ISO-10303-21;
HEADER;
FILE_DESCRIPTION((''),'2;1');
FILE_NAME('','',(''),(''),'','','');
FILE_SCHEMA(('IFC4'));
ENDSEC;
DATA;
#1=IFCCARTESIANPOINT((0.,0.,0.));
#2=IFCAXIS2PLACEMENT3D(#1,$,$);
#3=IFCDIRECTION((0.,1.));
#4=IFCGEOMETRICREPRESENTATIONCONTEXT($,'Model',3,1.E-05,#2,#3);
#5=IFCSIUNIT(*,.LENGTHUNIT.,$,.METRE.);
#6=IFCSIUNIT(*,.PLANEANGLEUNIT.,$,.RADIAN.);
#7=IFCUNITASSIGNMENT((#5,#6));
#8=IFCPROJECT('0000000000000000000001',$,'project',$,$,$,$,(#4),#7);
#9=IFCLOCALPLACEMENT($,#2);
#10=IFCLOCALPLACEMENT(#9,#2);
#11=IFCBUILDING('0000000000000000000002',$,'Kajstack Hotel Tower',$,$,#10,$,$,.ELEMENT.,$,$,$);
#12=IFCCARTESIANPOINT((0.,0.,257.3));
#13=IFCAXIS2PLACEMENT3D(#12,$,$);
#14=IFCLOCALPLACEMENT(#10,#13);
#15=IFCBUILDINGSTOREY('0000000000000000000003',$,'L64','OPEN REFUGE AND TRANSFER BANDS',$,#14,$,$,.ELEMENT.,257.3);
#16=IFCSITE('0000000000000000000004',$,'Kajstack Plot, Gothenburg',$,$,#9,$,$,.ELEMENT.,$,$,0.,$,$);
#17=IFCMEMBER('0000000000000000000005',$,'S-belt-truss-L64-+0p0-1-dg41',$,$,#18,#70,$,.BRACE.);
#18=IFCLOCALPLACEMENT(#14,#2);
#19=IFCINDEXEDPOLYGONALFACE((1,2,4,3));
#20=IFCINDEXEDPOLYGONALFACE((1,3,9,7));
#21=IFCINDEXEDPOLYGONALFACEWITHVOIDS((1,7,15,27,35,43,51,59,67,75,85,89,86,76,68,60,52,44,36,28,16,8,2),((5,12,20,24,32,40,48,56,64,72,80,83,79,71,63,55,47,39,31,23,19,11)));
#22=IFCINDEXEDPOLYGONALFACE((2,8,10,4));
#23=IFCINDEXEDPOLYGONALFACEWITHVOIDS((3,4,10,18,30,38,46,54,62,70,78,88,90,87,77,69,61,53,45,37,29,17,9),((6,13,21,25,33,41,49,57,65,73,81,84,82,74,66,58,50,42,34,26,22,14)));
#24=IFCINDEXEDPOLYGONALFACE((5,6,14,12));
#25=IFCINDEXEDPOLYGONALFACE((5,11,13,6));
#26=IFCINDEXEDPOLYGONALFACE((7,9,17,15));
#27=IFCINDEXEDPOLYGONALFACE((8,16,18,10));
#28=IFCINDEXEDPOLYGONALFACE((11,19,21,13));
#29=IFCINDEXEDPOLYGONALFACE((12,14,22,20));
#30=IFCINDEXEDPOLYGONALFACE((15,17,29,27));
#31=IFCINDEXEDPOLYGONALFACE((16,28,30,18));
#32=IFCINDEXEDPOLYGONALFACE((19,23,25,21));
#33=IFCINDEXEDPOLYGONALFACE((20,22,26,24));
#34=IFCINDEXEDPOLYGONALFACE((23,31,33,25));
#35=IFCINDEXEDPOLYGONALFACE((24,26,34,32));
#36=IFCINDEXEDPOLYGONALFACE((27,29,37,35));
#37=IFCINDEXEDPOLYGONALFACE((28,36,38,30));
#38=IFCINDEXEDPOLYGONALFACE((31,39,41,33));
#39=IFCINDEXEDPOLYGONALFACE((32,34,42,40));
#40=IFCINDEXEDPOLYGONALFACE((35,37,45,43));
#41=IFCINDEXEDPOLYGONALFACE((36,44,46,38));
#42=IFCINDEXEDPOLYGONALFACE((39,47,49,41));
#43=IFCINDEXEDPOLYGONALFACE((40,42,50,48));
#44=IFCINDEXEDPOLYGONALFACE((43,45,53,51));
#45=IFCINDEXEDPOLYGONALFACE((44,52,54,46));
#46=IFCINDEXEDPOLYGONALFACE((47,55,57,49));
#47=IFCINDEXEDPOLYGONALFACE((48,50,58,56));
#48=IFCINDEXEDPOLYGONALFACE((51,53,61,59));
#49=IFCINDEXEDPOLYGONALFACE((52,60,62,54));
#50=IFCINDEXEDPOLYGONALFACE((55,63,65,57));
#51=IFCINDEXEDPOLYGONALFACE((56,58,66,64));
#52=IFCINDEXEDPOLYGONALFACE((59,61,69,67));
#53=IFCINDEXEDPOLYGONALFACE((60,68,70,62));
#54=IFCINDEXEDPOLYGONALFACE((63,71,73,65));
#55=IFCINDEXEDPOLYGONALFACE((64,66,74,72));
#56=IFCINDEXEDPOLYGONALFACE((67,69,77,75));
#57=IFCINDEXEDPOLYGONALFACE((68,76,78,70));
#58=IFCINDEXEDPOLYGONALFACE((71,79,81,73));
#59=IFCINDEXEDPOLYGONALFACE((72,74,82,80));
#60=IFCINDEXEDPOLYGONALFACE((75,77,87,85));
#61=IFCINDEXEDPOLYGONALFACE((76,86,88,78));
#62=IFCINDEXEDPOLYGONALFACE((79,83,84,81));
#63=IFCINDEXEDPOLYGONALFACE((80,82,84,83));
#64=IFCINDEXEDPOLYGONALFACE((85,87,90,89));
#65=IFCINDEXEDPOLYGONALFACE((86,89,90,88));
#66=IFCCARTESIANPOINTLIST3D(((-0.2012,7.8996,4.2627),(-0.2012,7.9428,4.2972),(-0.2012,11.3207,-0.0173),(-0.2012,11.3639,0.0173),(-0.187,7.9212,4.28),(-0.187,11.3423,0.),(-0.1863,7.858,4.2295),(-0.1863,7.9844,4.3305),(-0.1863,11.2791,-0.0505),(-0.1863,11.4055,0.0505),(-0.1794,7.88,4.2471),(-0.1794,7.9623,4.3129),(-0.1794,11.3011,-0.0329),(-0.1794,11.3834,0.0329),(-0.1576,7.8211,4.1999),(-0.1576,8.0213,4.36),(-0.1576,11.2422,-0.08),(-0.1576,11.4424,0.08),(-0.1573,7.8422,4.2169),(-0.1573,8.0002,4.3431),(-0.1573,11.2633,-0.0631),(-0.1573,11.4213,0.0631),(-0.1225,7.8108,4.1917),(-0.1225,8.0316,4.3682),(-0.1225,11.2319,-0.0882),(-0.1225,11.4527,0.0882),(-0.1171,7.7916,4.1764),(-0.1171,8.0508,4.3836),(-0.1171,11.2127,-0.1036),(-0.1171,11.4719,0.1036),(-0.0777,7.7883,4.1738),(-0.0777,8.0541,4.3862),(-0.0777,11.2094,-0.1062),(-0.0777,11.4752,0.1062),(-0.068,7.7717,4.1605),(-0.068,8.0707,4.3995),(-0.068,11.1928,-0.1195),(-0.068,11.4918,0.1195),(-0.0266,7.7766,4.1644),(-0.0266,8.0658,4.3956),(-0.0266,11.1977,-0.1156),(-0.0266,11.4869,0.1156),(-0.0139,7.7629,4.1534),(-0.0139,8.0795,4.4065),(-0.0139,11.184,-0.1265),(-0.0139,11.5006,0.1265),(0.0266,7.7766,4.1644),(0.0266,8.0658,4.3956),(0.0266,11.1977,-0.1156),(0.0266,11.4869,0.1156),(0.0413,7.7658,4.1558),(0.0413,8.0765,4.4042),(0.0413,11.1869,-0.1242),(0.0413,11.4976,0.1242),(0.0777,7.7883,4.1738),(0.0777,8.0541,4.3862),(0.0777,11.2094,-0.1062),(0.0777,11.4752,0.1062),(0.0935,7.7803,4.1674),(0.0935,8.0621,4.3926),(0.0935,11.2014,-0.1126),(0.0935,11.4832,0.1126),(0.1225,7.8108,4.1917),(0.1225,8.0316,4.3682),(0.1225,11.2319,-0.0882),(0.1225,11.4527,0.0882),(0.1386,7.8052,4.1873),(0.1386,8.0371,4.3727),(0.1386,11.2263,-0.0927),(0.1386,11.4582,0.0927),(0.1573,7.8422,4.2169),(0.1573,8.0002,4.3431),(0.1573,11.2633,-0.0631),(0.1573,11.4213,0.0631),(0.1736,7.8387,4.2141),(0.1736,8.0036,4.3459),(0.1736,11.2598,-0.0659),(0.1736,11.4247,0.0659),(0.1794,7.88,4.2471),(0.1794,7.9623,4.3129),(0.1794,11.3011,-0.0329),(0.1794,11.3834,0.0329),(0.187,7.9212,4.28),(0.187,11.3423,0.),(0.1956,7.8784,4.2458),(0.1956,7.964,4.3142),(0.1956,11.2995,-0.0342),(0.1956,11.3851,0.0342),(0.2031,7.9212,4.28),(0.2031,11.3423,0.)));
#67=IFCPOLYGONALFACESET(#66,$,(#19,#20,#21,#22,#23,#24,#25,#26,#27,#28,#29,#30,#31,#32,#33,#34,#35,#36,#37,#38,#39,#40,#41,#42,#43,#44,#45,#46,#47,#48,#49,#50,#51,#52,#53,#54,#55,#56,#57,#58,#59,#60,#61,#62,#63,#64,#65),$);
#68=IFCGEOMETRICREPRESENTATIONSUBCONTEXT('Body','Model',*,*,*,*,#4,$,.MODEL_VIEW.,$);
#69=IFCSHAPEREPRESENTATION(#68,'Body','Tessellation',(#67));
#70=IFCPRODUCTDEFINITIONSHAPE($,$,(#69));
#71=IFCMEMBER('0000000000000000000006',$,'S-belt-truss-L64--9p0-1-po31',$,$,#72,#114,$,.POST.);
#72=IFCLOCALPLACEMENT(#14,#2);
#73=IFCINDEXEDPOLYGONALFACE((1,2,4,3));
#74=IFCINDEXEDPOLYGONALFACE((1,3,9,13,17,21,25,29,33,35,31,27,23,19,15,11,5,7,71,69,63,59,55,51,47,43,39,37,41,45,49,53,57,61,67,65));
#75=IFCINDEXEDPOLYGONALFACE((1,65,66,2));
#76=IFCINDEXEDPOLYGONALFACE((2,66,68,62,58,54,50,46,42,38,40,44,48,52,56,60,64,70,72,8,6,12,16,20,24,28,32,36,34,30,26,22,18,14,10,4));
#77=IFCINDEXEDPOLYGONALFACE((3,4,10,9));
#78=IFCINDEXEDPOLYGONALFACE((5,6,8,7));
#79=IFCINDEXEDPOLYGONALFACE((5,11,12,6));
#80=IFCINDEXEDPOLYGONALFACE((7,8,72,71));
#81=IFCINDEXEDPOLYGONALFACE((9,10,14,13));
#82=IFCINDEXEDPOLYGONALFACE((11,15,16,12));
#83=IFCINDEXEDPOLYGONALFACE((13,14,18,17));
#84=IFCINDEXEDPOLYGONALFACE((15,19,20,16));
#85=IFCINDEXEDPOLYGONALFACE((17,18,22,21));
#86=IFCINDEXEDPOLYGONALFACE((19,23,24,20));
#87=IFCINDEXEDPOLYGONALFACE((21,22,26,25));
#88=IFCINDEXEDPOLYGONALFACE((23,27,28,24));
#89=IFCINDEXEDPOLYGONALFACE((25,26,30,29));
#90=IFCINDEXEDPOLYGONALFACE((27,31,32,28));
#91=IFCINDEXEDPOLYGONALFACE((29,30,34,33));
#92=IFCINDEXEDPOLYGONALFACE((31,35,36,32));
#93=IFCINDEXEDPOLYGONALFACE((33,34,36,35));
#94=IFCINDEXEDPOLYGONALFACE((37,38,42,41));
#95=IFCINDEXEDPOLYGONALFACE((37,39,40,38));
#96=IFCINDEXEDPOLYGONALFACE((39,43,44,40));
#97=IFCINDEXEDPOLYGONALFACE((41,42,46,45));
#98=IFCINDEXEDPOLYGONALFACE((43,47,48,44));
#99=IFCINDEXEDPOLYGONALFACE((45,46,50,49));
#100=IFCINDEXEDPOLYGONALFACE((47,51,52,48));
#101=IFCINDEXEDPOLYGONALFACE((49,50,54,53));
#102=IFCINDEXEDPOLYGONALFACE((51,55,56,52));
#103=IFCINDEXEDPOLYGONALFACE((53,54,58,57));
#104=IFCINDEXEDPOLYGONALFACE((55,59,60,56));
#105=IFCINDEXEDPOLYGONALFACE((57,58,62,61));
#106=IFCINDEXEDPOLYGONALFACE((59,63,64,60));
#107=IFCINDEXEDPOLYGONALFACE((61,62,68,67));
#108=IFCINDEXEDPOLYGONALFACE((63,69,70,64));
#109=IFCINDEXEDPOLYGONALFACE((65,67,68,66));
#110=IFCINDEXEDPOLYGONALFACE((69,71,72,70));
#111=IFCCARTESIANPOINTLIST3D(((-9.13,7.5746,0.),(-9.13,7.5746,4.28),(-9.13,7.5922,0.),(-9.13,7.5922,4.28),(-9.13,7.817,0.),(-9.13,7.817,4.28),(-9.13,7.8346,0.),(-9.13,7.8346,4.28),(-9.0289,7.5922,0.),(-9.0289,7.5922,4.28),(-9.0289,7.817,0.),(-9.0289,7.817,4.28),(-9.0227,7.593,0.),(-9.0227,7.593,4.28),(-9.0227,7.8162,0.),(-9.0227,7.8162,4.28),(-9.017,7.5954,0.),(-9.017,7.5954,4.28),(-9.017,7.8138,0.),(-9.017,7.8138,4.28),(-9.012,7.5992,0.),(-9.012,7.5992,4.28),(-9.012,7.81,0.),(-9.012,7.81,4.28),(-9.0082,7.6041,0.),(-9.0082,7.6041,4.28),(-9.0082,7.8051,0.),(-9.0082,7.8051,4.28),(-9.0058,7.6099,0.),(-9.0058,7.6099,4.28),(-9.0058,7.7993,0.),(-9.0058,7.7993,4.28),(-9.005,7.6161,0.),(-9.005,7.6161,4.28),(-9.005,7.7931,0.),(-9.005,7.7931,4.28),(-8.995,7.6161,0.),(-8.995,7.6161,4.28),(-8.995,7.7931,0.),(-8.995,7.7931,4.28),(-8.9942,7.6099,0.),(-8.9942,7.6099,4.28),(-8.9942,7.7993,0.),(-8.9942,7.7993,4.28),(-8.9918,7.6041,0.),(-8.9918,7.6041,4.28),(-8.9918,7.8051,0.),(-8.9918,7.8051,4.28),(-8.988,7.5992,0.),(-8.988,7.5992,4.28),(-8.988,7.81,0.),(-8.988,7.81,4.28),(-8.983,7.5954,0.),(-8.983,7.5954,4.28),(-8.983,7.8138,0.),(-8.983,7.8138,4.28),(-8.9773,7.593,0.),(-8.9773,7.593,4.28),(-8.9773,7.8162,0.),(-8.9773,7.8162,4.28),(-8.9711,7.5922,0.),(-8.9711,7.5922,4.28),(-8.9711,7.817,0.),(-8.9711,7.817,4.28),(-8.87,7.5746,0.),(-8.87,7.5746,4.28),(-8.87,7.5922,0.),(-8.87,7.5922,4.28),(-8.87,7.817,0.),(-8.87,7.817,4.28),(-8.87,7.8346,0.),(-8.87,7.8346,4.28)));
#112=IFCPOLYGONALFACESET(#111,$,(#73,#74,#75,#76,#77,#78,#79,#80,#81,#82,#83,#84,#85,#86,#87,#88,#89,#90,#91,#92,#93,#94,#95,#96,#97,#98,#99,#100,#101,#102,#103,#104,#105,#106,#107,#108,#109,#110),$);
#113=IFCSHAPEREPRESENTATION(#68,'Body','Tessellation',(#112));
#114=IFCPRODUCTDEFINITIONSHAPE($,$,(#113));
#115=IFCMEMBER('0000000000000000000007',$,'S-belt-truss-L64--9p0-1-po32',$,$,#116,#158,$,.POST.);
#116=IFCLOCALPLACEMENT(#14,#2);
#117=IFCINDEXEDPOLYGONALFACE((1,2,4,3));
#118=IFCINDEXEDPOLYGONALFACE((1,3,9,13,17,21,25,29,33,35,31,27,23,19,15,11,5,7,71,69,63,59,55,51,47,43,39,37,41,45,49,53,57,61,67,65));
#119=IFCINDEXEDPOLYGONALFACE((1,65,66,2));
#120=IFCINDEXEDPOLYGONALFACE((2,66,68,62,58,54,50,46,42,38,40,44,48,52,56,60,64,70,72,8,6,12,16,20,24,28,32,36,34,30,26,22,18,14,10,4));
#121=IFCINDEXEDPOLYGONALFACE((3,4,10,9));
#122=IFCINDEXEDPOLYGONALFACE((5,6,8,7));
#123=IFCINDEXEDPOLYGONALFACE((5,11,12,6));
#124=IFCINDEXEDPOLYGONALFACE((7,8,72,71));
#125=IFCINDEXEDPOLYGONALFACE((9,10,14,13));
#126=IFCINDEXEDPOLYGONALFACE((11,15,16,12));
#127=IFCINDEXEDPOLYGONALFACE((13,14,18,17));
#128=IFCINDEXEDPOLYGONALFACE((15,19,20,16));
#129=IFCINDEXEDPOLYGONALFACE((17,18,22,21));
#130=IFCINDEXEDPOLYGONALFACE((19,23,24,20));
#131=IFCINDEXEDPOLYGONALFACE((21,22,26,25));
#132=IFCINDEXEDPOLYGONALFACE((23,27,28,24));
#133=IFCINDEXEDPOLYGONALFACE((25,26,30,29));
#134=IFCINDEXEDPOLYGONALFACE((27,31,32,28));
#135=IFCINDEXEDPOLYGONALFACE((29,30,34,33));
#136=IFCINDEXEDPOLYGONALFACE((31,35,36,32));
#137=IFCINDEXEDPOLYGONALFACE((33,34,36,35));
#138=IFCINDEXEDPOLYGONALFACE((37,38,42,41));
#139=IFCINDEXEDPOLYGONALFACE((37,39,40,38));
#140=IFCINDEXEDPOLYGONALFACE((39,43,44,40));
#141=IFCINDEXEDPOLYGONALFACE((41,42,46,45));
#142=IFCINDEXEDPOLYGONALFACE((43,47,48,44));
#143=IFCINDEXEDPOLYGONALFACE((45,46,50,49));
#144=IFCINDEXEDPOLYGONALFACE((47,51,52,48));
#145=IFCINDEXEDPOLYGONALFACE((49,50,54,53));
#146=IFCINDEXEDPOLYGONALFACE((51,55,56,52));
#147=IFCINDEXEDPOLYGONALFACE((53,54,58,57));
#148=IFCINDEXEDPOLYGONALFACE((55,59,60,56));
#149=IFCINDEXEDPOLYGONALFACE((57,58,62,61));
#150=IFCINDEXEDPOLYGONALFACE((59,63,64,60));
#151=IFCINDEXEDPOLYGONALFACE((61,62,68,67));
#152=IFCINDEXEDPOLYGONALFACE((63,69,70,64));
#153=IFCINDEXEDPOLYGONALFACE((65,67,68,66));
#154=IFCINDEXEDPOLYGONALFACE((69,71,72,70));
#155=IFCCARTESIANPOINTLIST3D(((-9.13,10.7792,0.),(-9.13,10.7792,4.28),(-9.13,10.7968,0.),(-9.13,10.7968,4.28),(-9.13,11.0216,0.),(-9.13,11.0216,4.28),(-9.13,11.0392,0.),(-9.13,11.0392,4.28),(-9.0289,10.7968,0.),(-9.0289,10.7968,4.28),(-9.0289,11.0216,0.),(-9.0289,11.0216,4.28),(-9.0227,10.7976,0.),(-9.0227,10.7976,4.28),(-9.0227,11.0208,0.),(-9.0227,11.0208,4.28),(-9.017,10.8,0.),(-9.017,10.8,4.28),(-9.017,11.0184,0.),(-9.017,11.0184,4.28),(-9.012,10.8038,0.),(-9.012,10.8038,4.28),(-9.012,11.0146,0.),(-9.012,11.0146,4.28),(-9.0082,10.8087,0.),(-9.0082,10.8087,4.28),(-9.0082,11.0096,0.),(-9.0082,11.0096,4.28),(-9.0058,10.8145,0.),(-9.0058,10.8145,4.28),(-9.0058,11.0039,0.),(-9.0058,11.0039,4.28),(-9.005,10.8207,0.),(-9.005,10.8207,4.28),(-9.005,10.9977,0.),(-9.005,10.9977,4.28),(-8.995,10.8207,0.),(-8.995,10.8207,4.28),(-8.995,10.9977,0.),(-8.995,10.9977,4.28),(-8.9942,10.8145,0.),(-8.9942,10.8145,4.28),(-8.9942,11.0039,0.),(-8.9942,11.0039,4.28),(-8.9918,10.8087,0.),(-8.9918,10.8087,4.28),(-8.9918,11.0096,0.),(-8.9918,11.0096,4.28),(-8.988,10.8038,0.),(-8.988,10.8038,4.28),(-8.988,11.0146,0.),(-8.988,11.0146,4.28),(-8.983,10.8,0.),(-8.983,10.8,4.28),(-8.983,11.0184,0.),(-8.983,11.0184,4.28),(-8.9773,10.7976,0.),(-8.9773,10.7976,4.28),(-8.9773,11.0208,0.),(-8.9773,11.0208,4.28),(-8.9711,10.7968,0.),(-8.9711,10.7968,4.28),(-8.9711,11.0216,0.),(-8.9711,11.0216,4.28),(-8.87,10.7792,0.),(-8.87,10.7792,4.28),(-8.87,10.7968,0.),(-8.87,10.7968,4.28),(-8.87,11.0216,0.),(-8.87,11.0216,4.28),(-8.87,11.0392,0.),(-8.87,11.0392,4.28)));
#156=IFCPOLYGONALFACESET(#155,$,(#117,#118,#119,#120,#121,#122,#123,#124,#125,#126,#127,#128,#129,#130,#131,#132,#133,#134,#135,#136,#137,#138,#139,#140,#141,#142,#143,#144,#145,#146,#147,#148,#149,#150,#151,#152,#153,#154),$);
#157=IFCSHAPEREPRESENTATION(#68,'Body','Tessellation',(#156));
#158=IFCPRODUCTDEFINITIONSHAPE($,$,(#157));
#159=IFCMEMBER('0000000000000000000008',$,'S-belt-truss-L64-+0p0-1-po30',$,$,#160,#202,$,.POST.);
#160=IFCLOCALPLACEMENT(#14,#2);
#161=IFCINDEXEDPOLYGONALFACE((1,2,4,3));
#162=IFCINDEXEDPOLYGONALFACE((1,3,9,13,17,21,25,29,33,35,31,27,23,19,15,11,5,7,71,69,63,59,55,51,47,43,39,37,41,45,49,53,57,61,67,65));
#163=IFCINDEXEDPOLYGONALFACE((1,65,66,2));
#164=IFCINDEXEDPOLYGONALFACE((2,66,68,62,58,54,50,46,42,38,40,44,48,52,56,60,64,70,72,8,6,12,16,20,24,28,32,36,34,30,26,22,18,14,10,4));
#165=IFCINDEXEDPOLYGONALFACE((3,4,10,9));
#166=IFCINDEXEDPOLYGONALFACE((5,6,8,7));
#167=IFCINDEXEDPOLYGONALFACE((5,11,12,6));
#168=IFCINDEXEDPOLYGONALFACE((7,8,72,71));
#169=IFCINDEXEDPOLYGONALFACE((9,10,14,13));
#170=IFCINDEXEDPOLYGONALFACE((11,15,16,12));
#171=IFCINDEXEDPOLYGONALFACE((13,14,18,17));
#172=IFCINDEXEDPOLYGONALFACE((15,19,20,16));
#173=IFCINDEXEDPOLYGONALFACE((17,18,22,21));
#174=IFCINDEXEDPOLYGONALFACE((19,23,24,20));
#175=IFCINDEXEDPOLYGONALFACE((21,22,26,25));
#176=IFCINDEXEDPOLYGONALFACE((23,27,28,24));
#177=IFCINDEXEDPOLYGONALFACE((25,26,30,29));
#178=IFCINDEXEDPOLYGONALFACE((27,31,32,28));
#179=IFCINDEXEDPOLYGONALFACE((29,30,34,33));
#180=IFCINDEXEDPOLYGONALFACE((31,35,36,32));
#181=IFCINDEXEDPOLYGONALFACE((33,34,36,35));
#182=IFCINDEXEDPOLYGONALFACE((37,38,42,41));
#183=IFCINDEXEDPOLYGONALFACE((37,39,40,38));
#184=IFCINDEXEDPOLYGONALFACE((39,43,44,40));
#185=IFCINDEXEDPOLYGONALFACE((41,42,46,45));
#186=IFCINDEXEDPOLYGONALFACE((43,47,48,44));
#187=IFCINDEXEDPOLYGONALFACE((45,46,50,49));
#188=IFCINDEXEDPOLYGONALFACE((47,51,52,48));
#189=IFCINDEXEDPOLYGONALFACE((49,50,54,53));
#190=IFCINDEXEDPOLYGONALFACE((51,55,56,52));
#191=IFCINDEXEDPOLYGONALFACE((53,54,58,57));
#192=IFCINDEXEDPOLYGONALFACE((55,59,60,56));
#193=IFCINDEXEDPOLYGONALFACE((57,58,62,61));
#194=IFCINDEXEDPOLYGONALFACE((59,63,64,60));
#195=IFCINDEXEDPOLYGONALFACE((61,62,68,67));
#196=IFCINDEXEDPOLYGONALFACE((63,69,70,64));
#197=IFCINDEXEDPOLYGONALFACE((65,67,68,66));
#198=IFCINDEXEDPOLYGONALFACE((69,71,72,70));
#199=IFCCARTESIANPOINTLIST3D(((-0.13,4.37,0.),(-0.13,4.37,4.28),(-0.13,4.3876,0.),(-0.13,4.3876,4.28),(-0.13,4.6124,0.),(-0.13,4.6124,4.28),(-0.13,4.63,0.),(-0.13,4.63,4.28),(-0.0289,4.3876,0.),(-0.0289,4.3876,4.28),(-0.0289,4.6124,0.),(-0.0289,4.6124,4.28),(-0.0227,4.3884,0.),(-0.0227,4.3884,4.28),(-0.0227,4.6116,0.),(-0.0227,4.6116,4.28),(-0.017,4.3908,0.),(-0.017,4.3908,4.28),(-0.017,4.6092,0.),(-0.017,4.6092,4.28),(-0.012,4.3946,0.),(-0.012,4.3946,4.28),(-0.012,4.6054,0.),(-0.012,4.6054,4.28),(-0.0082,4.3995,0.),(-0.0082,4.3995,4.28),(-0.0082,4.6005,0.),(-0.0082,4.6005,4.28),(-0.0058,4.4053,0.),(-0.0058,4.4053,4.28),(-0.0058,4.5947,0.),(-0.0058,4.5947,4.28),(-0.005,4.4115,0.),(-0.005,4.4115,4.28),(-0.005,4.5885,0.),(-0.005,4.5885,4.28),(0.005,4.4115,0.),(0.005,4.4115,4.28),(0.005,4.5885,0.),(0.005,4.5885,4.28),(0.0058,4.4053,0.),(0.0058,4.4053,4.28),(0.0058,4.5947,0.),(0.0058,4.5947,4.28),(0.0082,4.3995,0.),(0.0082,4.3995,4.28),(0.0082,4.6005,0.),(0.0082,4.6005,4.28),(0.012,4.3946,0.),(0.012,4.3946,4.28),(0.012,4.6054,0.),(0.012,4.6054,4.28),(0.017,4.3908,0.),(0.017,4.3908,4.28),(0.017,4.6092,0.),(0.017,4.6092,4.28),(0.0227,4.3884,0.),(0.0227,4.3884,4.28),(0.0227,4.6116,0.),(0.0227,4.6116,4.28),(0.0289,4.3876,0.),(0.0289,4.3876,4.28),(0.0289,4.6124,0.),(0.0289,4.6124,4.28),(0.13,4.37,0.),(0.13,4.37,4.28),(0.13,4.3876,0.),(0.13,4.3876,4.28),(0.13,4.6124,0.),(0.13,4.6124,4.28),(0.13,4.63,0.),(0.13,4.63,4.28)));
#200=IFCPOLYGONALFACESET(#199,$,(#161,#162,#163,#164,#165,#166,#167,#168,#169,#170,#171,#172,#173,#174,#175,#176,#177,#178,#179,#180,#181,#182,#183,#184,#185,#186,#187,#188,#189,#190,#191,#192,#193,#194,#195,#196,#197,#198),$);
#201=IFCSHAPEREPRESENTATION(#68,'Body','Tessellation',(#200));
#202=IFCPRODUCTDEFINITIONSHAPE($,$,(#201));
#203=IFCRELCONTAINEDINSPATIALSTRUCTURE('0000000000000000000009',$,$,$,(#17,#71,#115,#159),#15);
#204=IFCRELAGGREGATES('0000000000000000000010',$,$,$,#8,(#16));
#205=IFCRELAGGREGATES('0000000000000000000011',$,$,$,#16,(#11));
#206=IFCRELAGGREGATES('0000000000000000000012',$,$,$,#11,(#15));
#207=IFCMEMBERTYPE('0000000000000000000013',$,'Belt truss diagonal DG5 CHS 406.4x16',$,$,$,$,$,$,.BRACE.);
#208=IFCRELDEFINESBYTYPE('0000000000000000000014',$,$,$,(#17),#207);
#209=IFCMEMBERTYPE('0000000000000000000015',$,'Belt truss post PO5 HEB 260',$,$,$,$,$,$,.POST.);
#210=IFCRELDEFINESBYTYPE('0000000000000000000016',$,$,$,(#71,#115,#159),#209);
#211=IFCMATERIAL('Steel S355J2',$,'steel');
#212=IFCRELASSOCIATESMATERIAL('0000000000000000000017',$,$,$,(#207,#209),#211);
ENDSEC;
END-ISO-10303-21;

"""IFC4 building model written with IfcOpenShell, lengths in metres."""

from ifc_helpers import new_model, si_unit, direction, frame, origin, origin_2d, place, context, subcontext, project, spatial, hollow_circle, i_section, extrude, material, material_profile, profile_set, type_object, element, save


model = new_model("IFC4")

# Units and contexts
model_context = context("Model", 3, precision=1e-05, world=origin(), true_north=direction((0.0, 1.0)))
body_context = subcontext(model_context, "Body", "Model", "MODEL_VIEW")
ifc_project = project(units=[si_unit("LENGTHUNIT", "METRE"), si_unit("PLANEANGLEUNIT", "RADIAN")], contexts=[model_context])

# Site, building, storey
site_placement = place(None, origin())
site = spatial("IfcSite", under=ifc_project, at=site_placement, Name="Kajstack Plot, Gothenburg", CompositionType="ELEMENT", RefElevation=0.0)
building_placement = place(site_placement, origin())
building = spatial("IfcBuilding", under=site, at=building_placement, Name="Kajstack Hotel Tower", CompositionType="ELEMENT")
storey_placement = place(building_placement, frame((0.0, 0.0, 257.3)))
storey = spatial("IfcBuildingStorey", under=building, at=storey_placement, Name="L64", Description="OPEN REFUGE AND TRANSFER BANDS", CompositionType="ELEMENT", Elevation=257.3)

# Members
ifc_material_1 = material(Name="Steel S355J2", Category="steel")
ifc_material_profile_1 = material_profile(ifc_material_1, hollow_circle(Radius=0.2031, WallThickness=0.0161, at=origin_2d()), Name="CHS 406.4x16")
ifc_profile_set_1 = profile_set([ifc_material_profile_1], Name="Steel S355J2")
member_type_1 = type_object("IfcMemberType", Name="Belt truss diagonal DG5 CHS 406.4x16", PredefinedType="BRACE", material=ifc_profile_set_1)
for number, where, z_axis, x_axis, name in (
    (1, (0.0, 11.3423, 0.0), (0.0, -0.624374, 0.781125), (1.0, 0.0, 0.0), "S-belt-truss-L64-+0p0-1-dg41"),
):
    element("IfcMember", number, at=place(storey_placement, frame(where, z_axis=z_axis, x_axis=x_axis)), inside=storey, type_object=member_type_1, Name=name, PredefinedType="BRACE", context=body_context, shape_type="SweptSolid", body=[
        extrude(hollow_circle(Radius=0.2031, WallThickness=0.0161, at=origin_2d()), origin(), (0.0, 0.0, 1.0), 5.4792),
    ])
ifc_material_profile_2 = material_profile(ifc_material_1, i_section(OverallWidth=0.26, OverallDepth=0.26, WebThickness=0.01, FlangeThickness=0.0176, FilletRadius=0.0239, at=origin_2d()), Name="HEB 260")
ifc_profile_set_2 = profile_set([ifc_material_profile_2], Name="Steel S355J2")
member_type_2 = type_object("IfcMemberType", Name="Belt truss post PO5 HEB 260", PredefinedType="POST", material=ifc_profile_set_2)
for number, where, z_axis, x_axis, name in (
    (2, (-9.0, 7.7046, 0.0), (0.0, 0.0, 1.0), (1.0, 0.0, 0.0), "S-belt-truss-L64--9p0-1-po31"),
    (3, (-9.0, 10.9092, 0.0), (0.0, 0.0, 1.0), (1.0, 0.0, 0.0), "S-belt-truss-L64--9p0-1-po32"),
    (4, (0.0, 4.5, 0.0), (0.0, 0.0, 1.0), (1.0, 0.0, 0.0), "S-belt-truss-L64-+0p0-1-po30"),
):
    element("IfcMember", number, at=place(storey_placement, frame(where, z_axis=z_axis, x_axis=x_axis)), inside=storey, type_object=member_type_2, Name=name, PredefinedType="POST", context=body_context, shape_type="SweptSolid", body=[
        extrude(i_section(OverallWidth=0.26, OverallDepth=0.26, WebThickness=0.01, FlangeThickness=0.0176, FilletRadius=0.0239, at=origin_2d()), origin(), (0.0, 0.0, 1.0), 4.28),
    ])

save(model, "model.ifc")
